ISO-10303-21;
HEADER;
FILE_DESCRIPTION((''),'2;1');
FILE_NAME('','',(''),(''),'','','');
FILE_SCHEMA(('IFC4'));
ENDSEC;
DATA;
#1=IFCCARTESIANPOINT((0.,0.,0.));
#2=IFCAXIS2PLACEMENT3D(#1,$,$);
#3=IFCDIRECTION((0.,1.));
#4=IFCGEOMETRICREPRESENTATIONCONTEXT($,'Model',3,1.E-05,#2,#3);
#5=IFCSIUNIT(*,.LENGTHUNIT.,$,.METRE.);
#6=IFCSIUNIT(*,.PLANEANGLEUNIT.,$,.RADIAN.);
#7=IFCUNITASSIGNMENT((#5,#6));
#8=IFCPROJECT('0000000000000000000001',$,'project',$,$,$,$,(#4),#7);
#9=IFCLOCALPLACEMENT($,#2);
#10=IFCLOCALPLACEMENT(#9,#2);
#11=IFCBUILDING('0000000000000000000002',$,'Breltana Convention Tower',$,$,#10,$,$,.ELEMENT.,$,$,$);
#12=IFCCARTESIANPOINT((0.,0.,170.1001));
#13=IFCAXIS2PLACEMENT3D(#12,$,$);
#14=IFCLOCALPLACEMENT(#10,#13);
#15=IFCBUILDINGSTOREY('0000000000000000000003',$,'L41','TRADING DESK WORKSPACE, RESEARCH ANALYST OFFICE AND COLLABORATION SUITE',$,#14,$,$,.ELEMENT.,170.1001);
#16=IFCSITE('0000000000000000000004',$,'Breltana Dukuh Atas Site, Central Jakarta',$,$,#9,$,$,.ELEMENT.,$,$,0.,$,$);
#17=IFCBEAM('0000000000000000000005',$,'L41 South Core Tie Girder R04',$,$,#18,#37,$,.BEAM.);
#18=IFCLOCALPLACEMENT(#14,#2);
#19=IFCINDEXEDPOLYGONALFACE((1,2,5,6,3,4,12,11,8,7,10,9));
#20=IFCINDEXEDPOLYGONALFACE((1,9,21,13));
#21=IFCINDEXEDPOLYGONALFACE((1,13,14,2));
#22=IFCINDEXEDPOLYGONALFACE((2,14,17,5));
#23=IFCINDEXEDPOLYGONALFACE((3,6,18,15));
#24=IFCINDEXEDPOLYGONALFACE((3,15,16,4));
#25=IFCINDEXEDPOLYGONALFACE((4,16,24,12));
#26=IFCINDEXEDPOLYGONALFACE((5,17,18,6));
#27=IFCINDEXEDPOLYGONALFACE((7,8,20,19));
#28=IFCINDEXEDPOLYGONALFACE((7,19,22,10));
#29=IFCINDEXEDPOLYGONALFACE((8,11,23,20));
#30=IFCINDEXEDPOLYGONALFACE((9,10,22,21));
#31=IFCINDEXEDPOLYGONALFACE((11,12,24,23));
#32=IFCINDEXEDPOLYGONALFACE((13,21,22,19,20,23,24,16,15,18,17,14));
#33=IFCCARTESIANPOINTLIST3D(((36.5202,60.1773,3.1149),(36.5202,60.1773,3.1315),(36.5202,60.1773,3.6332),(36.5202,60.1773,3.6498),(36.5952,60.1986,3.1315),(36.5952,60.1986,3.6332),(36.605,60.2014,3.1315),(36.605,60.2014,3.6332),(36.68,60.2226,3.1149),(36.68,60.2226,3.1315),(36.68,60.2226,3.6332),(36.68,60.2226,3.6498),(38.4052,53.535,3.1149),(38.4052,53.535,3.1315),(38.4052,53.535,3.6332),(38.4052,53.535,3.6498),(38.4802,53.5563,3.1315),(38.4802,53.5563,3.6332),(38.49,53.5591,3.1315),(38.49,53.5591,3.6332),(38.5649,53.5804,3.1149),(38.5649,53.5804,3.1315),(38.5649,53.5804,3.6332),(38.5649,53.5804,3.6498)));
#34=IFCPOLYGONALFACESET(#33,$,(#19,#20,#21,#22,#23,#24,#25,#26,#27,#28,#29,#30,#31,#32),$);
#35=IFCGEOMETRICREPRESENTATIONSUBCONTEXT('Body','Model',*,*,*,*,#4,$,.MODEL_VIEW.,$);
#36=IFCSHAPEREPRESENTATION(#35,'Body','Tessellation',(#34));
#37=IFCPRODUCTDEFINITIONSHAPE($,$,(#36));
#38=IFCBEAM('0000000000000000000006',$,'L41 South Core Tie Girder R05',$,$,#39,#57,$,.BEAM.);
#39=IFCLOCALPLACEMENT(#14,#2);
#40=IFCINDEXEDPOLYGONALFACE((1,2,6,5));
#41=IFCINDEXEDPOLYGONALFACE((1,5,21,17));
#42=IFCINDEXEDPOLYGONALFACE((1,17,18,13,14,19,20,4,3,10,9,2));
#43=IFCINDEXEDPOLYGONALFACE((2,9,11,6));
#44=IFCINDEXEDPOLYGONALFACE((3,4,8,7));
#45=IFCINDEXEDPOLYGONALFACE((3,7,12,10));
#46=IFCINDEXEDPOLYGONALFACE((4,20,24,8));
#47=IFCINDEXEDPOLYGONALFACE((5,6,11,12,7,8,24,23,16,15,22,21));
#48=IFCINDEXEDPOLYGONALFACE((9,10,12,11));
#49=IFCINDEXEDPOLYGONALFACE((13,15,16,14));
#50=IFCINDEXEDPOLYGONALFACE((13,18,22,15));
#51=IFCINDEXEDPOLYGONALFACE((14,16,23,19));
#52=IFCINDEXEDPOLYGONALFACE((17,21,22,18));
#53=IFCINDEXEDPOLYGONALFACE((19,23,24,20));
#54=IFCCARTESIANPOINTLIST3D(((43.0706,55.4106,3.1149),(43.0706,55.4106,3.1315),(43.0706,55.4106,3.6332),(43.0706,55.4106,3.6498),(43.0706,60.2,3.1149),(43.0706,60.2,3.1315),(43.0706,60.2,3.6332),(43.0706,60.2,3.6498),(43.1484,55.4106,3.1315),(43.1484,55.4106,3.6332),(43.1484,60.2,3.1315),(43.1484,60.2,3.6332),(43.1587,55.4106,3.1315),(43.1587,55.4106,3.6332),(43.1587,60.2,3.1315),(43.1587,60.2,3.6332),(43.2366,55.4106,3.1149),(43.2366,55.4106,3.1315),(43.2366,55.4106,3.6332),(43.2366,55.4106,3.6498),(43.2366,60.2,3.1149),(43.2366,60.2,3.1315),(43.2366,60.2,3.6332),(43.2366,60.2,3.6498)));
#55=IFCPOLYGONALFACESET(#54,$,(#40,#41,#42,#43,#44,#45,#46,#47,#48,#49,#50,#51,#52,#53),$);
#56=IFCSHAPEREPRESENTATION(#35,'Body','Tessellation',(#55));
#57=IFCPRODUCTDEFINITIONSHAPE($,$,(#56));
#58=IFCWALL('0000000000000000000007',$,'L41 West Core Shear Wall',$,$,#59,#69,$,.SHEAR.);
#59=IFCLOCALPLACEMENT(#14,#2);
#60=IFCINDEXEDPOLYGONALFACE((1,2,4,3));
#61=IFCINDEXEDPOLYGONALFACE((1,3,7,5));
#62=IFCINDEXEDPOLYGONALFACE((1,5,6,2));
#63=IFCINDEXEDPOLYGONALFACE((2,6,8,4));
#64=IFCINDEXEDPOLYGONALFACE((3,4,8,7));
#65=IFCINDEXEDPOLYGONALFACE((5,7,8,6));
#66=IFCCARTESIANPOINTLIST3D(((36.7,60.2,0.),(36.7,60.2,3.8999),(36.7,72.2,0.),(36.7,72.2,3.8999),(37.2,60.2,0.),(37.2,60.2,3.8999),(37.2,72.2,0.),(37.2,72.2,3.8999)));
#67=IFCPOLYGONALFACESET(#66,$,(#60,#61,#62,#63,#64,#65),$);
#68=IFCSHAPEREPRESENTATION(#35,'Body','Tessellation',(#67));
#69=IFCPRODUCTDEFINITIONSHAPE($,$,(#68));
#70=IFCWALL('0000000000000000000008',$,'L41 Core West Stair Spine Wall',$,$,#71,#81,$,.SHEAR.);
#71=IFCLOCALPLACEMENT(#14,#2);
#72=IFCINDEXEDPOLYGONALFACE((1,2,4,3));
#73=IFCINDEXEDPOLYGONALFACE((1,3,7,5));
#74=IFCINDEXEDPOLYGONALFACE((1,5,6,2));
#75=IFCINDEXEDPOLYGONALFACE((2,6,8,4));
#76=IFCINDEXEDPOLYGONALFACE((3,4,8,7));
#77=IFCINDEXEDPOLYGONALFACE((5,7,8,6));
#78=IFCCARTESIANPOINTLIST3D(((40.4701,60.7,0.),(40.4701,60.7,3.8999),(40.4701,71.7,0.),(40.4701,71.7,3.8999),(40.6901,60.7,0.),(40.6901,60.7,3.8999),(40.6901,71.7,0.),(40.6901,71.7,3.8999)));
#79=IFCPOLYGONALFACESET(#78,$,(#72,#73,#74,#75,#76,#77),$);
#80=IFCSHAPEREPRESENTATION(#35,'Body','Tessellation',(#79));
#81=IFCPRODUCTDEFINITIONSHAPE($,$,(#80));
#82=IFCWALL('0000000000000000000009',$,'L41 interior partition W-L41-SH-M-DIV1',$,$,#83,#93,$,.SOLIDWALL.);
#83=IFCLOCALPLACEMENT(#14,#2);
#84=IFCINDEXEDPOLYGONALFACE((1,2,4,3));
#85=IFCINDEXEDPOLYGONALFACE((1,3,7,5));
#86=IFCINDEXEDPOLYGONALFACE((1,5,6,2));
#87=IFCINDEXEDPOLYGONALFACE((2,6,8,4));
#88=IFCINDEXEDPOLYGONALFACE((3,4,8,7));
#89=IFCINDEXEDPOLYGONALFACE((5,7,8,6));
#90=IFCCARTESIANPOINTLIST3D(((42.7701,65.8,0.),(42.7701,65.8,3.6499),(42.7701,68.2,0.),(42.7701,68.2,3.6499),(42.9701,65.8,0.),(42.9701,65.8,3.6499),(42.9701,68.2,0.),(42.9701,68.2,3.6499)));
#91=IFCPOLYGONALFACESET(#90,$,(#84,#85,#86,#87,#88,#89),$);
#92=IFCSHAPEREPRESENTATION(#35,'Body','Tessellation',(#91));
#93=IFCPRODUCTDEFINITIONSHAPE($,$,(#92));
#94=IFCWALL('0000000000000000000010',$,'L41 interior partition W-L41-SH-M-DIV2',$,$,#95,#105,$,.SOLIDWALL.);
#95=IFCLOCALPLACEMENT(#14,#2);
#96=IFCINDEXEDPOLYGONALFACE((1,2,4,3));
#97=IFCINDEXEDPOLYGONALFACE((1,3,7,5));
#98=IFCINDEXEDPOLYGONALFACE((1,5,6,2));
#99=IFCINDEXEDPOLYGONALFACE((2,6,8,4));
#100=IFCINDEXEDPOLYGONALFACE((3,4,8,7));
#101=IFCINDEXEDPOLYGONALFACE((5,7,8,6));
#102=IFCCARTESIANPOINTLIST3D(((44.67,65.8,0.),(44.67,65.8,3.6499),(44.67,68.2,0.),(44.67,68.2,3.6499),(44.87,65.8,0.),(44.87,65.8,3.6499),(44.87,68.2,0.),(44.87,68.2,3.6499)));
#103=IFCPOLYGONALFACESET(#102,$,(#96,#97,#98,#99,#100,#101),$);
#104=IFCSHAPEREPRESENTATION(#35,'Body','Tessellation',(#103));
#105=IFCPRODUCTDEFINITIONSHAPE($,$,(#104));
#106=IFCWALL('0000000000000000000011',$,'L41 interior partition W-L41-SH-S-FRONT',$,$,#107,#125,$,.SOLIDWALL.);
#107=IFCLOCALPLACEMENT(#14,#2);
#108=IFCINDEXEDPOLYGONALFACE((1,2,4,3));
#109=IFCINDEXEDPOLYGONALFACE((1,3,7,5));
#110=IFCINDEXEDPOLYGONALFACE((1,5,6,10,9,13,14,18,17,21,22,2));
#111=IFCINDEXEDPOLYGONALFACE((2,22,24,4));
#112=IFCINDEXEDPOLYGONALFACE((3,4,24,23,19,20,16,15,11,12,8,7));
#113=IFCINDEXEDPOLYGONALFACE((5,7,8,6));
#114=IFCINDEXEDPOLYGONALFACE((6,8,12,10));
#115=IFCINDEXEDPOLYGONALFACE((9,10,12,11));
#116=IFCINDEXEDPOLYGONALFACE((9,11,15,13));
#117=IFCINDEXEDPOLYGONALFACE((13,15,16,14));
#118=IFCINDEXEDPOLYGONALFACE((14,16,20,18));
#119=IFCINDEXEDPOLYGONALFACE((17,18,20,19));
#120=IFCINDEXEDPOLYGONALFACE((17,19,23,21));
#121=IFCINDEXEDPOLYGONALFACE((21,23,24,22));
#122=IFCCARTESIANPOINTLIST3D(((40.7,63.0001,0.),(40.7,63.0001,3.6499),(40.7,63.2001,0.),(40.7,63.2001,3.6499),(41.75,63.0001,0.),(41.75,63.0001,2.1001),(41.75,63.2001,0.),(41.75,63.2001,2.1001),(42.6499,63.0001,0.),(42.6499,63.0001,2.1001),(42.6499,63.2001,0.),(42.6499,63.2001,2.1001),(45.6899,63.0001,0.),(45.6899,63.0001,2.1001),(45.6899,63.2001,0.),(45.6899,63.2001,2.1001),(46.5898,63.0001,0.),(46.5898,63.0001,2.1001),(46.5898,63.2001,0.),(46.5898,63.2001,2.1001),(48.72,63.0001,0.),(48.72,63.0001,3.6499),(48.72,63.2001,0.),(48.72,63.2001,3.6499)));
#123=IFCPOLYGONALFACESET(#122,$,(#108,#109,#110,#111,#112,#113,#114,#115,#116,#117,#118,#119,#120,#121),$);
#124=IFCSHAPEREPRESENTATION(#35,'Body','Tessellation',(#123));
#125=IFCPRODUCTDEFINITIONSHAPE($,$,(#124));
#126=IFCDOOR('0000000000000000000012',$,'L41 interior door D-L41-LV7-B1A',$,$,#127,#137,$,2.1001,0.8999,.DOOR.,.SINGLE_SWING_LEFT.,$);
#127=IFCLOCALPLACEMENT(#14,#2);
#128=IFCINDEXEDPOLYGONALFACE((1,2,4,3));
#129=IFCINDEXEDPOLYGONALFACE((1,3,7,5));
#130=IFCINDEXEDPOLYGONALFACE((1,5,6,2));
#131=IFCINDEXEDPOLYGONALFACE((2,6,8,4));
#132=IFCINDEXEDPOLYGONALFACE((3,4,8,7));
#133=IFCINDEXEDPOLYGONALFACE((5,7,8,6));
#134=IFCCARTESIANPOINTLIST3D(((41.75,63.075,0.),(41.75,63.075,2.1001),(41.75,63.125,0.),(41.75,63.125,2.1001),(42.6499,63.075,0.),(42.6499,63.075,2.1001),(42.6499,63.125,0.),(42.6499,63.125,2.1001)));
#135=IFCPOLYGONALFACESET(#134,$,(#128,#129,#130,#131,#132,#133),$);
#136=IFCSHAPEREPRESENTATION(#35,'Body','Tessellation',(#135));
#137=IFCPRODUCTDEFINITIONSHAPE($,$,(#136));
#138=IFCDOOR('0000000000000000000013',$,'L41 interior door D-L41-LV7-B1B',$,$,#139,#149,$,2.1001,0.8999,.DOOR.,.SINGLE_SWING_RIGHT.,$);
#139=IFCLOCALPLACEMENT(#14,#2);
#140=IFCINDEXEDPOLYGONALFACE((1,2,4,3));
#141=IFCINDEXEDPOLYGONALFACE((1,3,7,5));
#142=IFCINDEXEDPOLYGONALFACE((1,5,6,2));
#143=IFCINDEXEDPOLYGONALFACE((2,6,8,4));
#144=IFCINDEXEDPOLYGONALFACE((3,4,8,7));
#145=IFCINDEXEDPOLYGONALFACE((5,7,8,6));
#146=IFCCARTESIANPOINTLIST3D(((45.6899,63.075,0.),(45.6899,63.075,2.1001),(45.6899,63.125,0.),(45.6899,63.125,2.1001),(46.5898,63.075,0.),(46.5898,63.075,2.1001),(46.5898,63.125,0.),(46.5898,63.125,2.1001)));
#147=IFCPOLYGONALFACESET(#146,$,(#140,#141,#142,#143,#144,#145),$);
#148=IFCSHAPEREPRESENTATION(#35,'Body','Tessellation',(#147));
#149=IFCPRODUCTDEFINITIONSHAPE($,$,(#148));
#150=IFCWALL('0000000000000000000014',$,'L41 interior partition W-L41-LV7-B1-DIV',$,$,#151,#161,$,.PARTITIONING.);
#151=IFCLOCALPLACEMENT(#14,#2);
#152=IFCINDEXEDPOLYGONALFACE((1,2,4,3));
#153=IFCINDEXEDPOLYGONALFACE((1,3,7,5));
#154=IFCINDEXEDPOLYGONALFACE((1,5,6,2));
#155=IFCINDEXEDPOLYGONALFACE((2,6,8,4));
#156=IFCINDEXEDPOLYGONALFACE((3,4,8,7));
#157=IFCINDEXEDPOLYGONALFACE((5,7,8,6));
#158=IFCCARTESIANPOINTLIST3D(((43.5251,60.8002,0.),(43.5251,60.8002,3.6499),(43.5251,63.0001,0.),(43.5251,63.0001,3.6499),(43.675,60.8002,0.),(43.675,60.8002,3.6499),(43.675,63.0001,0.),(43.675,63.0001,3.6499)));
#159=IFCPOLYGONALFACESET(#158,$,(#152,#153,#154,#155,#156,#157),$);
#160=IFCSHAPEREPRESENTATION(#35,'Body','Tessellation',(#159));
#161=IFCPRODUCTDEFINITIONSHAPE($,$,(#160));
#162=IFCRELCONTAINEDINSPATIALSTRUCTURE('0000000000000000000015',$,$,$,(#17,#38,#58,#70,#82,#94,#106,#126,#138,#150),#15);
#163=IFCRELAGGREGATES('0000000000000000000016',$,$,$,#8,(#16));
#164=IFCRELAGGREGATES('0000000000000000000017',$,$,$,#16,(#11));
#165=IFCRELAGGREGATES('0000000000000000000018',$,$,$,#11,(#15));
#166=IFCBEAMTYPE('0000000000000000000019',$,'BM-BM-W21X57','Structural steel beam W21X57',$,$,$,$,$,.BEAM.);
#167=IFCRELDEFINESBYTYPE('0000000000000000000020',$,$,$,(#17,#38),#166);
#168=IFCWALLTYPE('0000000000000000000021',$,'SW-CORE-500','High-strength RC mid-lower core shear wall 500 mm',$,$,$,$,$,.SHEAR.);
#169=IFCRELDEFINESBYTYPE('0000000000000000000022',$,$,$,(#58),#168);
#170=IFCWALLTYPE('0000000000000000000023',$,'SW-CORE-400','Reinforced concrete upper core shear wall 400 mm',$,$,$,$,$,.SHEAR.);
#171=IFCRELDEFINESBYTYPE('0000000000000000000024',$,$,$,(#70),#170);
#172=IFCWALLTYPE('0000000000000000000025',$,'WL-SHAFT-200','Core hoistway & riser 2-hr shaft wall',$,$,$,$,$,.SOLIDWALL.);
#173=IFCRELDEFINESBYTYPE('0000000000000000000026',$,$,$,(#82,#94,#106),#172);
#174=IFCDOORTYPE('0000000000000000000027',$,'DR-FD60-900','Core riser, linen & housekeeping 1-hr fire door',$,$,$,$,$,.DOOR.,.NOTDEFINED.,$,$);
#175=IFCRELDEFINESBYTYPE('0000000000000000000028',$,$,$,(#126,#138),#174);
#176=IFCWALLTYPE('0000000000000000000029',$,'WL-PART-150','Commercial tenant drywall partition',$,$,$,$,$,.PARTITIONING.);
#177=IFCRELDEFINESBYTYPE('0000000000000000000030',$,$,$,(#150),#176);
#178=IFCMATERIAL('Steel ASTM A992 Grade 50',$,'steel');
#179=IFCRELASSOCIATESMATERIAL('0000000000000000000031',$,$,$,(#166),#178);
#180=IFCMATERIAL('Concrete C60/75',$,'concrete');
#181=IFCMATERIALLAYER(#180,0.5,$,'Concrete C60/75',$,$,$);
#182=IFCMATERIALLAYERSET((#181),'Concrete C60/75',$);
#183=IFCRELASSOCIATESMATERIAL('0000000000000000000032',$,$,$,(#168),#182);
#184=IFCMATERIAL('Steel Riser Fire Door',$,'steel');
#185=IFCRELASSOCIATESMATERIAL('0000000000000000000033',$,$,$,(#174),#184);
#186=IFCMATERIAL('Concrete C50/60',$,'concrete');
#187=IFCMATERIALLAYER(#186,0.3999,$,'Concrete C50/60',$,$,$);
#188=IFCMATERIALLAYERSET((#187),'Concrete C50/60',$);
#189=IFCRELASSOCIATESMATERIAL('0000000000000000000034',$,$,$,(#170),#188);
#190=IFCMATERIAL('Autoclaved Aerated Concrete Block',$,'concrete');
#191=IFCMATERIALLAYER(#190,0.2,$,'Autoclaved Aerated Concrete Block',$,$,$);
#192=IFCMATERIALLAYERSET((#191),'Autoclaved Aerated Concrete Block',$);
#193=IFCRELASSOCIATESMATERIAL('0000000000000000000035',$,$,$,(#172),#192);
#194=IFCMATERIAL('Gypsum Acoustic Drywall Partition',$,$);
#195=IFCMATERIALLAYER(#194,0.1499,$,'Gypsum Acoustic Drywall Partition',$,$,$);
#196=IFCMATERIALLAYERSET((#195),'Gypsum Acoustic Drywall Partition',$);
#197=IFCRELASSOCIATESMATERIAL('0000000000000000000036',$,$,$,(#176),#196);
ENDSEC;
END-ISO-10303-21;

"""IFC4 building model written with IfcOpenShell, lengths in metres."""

from ifc_helpers import new_model, si_unit, direction, frame, frame_2d, origin, origin_2d, place, context, subcontext, project, spatial, rectangle, i_section, extrude, source, transform, mapped, material, layer, layer_set, material_profile, profile_set, type_object, type_shapes, element, fill, save


model = new_model("IFC4")

# Units and contexts
model_context = context("Model", 3, precision=1e-05, world=origin(), true_north=direction((0.0, 1.0)))
body_context = subcontext(model_context, "Body", "Model", "MODEL_VIEW")
ifc_project = project(units=[si_unit("LENGTHUNIT", "METRE"), si_unit("PLANEANGLEUNIT", "RADIAN")], contexts=[model_context])

# Site, building, storey
site_placement = place(None, origin())
site = spatial("IfcSite", under=ifc_project, at=site_placement, Name="Breltana Dukuh Atas Site, Central Jakarta", CompositionType="ELEMENT", RefElevation=0.0)
building_placement = place(site_placement, origin())
building = spatial("IfcBuilding", under=site, at=building_placement, Name="Breltana Convention Tower", CompositionType="ELEMENT")
storey_placement = place(building_placement, frame((0.0, 0.0, 170.1001)))
storey = spatial("IfcBuildingStorey", under=building, at=storey_placement, Name="L41", Description="TRADING DESK WORKSPACE, RESEARCH ANALYST OFFICE AND COLLABORATION SUITE", CompositionType="ELEMENT", Elevation=170.1001)

# Beams
ifc_material_1 = material(Name="Steel ASTM A992 Grade 50", Category="steel")
ifc_material_profile = material_profile(ifc_material_1, i_section(OverallWidth=0.166, OverallDepth=0.5349, WebThickness=0.0103, FlangeThickness=0.0166, at=origin_2d()), Name="W21X57")
ifc_profile_set = profile_set([ifc_material_profile], Name="Steel ASTM A992 Grade 50")
beam_type = type_object("IfcBeamType", Name="BM-BM-W21X57", Description="Structural steel beam W21X57", PredefinedType="BEAM", material=ifc_profile_set)
shared_shape_1 = source(origin(), body_context, "Body", "SweptSolid", [
    extrude(i_section(OverallWidth=0.166, OverallDepth=0.5349, WebThickness=0.0103, FlangeThickness=0.0166, at=origin_2d()), origin(), (0.0, 0.0, 1.0), 6.9045),
])
type_shapes(beam_type, [shared_shape_1])
beam_1_placement = place(storey_placement, frame((36.6001, 60.2, 3.3823), z_axis=(0.273007, -0.962012, 0.0), x_axis=(0.962012, 0.273007, 0.0)))
element("IfcBeam", 1, at=beam_1_placement, inside=storey, type_object=beam_type, Name="L41 South Core Tie Girder R04", PredefinedType="BEAM", context=body_context, shape_type="MappedRepresentation", body=[
    mapped(shared_shape_1, transform((0.0, 0.0, 0.0), scale=1.0)),
])
shared_shape_2 = source(origin(), body_context, "Body", "SweptSolid", [
    extrude(i_section(OverallWidth=0.166, OverallDepth=0.5349, WebThickness=0.0103, FlangeThickness=0.0166, at=origin_2d()), origin(), (0.0, 0.0, 1.0), 4.7893),
])
beam_2_placement = place(storey_placement, frame((43.1536, 60.2, 3.3823), z_axis=(0.0, -1.0, 0.0), x_axis=(1.0, 0.0, 0.0)))
element("IfcBeam", 2, at=beam_2_placement, inside=storey, type_object=beam_type, Name="L41 South Core Tie Girder R05", PredefinedType="BEAM", context=body_context, shape_type="MappedRepresentation", body=[
    mapped(shared_shape_2, transform((0.0, 0.0, 0.0), scale=1.0)),
])

# Wall
ifc_material_2 = material(Name="Concrete C60/75", Category="concrete")
ifc_layer_1 = layer(ifc_material_2, 0.5, Name="Concrete C60/75")
ifc_layer_set_1 = layer_set([ifc_layer_1], Name="Concrete C60/75")
wall_type_1 = type_object("IfcWallType", Name="SW-CORE-500", Description="High-strength RC mid-lower core shear wall 500 mm", PredefinedType="SHEAR", material=ifc_layer_set_1)
shared_shape_3 = source(origin(), body_context, "Body", "SweptSolid", [
    extrude(rectangle(XDim=12.0, YDim=0.5, at=frame_2d((6.0, 0.0))), origin(), (0.0, 0.0, 1.0), 3.8999),
])
wall_1_placement = place(storey_placement, frame((36.95, 60.2, 0.0), z_axis=(0.0, 0.0, 1.0), x_axis=(0.0, 1.0, 0.0)))
element("IfcWall", 3, at=wall_1_placement, inside=storey, type_object=wall_type_1, Name="L41 West Core Shear Wall", PredefinedType="SHEAR", context=body_context, shape_type="MappedRepresentation", body=[
    mapped(shared_shape_3, transform((0.0, 0.0, 0.0), scale=1.0)),
])

# Shared definitions
ifc_material_3 = material(Name="Steel Riser Fire Door", Category="steel")
door_type_1 = type_object("IfcDoorType", Name="DR-FD60-900", Description="Core riser, linen & housekeeping 1-hr fire door", OperationType="NOTDEFINED", PredefinedType="DOOR", material=ifc_material_3)
shared_shape_4 = source(origin(), body_context, "Body", "SweptSolid", [
    extrude(rectangle(XDim=0.8999, YDim=2.1001, at=frame_2d((0.45, 1.05))), frame((0.0, 0.0249, 0.0), z_axis=(0.0, -1.0, 0.0), x_axis=(1.0, 0.0, 0.0)), (0.0, 0.0, 1.0), 0.05),
])
type_shapes(door_type_1, [shared_shape_4])

# Walls
ifc_material_4 = material(Name="Concrete C50/60", Category="concrete")
ifc_layer_2 = layer(ifc_material_4, 0.3999, Name="Concrete C50/60")
ifc_layer_set_2 = layer_set([ifc_layer_2], Name="Concrete C50/60")
wall_type_2 = type_object("IfcWallType", Name="SW-CORE-400", Description="Reinforced concrete upper core shear wall 400 mm", PredefinedType="SHEAR", material=ifc_layer_set_2)
shared_shape_5 = source(origin(), body_context, "Body", "SweptSolid", [
    extrude(rectangle(XDim=11.0, YDim=0.22, at=frame_2d((5.5, 0.0))), origin(), (0.0, 0.0, 1.0), 3.8999),
])
wall_2_placement = place(storey_placement, frame((40.5801, 60.7, 0.0), z_axis=(0.0, 0.0, 1.0), x_axis=(0.0, 1.0, 0.0)))
element("IfcWall", 4, at=wall_2_placement, inside=storey, type_object=wall_type_2, Name="L41 Core West Stair Spine Wall", PredefinedType="SHEAR", context=body_context, shape_type="MappedRepresentation", body=[
    mapped(shared_shape_5, transform((0.0, 0.0, 0.0), scale=1.0)),
])
ifc_material_5 = material(Name="Autoclaved Aerated Concrete Block", Category="concrete")
ifc_layer_3 = layer(ifc_material_5, 0.2, Name="Autoclaved Aerated Concrete Block")
ifc_layer_set_3 = layer_set([ifc_layer_3], Name="Autoclaved Aerated Concrete Block")
wall_type_3 = type_object("IfcWallType", Name="WL-SHAFT-200", Description="Core hoistway & riser 2-hr shaft wall", PredefinedType="SOLIDWALL", material=ifc_layer_set_3)
shared_shape_6 = source(origin(), body_context, "Body", "SweptSolid", [
    extrude(rectangle(XDim=2.3999, YDim=0.2, at=frame_2d((1.2, 0.0))), origin(), (0.0, 0.0, 1.0), 3.6499),
])
for number, where, z_axis, x_axis, name in (
    (5, (42.8701, 65.8, 0.0), (0.0, 0.0, 1.0), (0.0, 1.0, 0.0), "L41 interior partition W-L41-SH-M-DIV1"),
    (6, (44.77, 65.8, 0.0), (0.0, 0.0, 1.0), (0.0, 1.0, 0.0), "L41 interior partition W-L41-SH-M-DIV2"),
):
    element("IfcWall", number, at=place(storey_placement, frame(where, z_axis=z_axis, x_axis=x_axis)), inside=storey, type_object=wall_type_3, Name=name, PredefinedType="SOLIDWALL", context=body_context, shape_type="MappedRepresentation", body=[
        mapped(shared_shape_6, transform((0.0, 0.0, 0.0), scale=1.0)),
    ])

# Wall, openings, doors
shared_shape_7 = source(origin(), body_context, "Body", "SweptSolid", [
    extrude(rectangle(XDim=8.02, YDim=0.2, at=frame_2d((4.01, 0.0))), origin(), (0.0, 0.0, 1.0), 3.6499),
])
wall_3_placement = place(storey_placement, frame((40.7, 63.1001, 0.0), z_axis=(0.0, 0.0, 1.0), x_axis=(1.0, 0.0, 0.0)))
wall_3 = element("IfcWall", 7, at=wall_3_placement, inside=storey, type_object=wall_type_3, Name="L41 interior partition W-L41-SH-S-FRONT", PredefinedType="SOLIDWALL", context=body_context, shape_type="MappedRepresentation", body=[
    mapped(shared_shape_7, transform((0.0, 0.0, 0.0), scale=1.0)),
])
opening_1_placement = place(wall_3_placement, frame((1.05, 0.0, 0.0)))
opening_1 = element("IfcOpeningElement", 8, at=opening_1_placement, cuts=wall_3, PredefinedType="OPENING", context=body_context, shape_type="SweptSolid", body=[
    extrude(rectangle(XDim=0.8999, YDim=2.1001, at=frame_2d((0.45, 1.05))), frame((0.0, 0.1099, 0.0), z_axis=(0.0, -1.0, 0.0), x_axis=(1.0, 0.0, 0.0)), (0.0, 0.0, 1.0), 0.22),
])
opening_2_placement = place(wall_3_placement, frame((4.99, 0.0, 0.0)))
opening_2 = element("IfcOpeningElement", 9, at=opening_2_placement, cuts=wall_3, PredefinedType="OPENING", context=body_context, shape_type="SweptSolid", body=[
    extrude(rectangle(XDim=0.8999, YDim=2.1001, at=frame_2d((0.45, 1.05))), frame((0.0, 0.1099, 0.0), z_axis=(0.0, -1.0, 0.0), x_axis=(1.0, 0.0, 0.0)), (0.0, 0.0, 1.0), 0.22),
])
door_1_placement = place(opening_1_placement, origin())
door_1 = element("IfcDoor", 10, at=door_1_placement, inside=storey, type_object=door_type_1, Name="L41 interior door D-L41-LV7-B1A", OperationType="SINGLE_SWING_LEFT", OverallHeight=2.1001, OverallWidth=0.8999, PredefinedType="DOOR", context=body_context, shape_type="MappedRepresentation", body=[
    mapped(shared_shape_4, transform((0.0, 0.0, 0.0), scale=1.0)),
])
fill(opening_1, door_1)
door_2_placement = place(opening_2_placement, origin())
door_2 = element("IfcDoor", 11, at=door_2_placement, inside=storey, type_object=door_type_1, Name="L41 interior door D-L41-LV7-B1B", OperationType="SINGLE_SWING_RIGHT", OverallHeight=2.1001, OverallWidth=0.8999, PredefinedType="DOOR", context=body_context, shape_type="MappedRepresentation", body=[
    mapped(shared_shape_4, transform((0.0, 0.0, 0.0), scale=1.0)),
])
fill(opening_2, door_2)

# Wall
ifc_material_6 = material(Name="Gypsum Acoustic Drywall Partition")
ifc_layer_4 = layer(ifc_material_6, 0.1499, Name="Gypsum Acoustic Drywall Partition")
ifc_layer_set_4 = layer_set([ifc_layer_4], Name="Gypsum Acoustic Drywall Partition")
wall_type_4 = type_object("IfcWallType", Name="WL-PART-150", Description="Commercial tenant drywall partition", PredefinedType="PARTITIONING", material=ifc_layer_set_4)
shared_shape_8 = source(origin(), body_context, "Body", "SweptSolid", [
    extrude(rectangle(XDim=2.2, YDim=0.1499, at=frame_2d((1.1001, 0.0))), origin(), (0.0, 0.0, 1.0), 3.6499),
])
wall_4_placement = place(storey_placement, frame((43.6001, 60.8, 0.0), z_axis=(0.0, 0.0, 1.0), x_axis=(0.0, 1.0, 0.0)))
element("IfcWall", 12, at=wall_4_placement, inside=storey, type_object=wall_type_4, Name="L41 interior partition W-L41-LV7-B1-DIV", PredefinedType="PARTITIONING", context=body_context, shape_type="MappedRepresentation", body=[
    mapped(shared_shape_8, transform((0.0, 0.0, 0.0), scale=1.0)),
])

save(model, "model.ifc")
